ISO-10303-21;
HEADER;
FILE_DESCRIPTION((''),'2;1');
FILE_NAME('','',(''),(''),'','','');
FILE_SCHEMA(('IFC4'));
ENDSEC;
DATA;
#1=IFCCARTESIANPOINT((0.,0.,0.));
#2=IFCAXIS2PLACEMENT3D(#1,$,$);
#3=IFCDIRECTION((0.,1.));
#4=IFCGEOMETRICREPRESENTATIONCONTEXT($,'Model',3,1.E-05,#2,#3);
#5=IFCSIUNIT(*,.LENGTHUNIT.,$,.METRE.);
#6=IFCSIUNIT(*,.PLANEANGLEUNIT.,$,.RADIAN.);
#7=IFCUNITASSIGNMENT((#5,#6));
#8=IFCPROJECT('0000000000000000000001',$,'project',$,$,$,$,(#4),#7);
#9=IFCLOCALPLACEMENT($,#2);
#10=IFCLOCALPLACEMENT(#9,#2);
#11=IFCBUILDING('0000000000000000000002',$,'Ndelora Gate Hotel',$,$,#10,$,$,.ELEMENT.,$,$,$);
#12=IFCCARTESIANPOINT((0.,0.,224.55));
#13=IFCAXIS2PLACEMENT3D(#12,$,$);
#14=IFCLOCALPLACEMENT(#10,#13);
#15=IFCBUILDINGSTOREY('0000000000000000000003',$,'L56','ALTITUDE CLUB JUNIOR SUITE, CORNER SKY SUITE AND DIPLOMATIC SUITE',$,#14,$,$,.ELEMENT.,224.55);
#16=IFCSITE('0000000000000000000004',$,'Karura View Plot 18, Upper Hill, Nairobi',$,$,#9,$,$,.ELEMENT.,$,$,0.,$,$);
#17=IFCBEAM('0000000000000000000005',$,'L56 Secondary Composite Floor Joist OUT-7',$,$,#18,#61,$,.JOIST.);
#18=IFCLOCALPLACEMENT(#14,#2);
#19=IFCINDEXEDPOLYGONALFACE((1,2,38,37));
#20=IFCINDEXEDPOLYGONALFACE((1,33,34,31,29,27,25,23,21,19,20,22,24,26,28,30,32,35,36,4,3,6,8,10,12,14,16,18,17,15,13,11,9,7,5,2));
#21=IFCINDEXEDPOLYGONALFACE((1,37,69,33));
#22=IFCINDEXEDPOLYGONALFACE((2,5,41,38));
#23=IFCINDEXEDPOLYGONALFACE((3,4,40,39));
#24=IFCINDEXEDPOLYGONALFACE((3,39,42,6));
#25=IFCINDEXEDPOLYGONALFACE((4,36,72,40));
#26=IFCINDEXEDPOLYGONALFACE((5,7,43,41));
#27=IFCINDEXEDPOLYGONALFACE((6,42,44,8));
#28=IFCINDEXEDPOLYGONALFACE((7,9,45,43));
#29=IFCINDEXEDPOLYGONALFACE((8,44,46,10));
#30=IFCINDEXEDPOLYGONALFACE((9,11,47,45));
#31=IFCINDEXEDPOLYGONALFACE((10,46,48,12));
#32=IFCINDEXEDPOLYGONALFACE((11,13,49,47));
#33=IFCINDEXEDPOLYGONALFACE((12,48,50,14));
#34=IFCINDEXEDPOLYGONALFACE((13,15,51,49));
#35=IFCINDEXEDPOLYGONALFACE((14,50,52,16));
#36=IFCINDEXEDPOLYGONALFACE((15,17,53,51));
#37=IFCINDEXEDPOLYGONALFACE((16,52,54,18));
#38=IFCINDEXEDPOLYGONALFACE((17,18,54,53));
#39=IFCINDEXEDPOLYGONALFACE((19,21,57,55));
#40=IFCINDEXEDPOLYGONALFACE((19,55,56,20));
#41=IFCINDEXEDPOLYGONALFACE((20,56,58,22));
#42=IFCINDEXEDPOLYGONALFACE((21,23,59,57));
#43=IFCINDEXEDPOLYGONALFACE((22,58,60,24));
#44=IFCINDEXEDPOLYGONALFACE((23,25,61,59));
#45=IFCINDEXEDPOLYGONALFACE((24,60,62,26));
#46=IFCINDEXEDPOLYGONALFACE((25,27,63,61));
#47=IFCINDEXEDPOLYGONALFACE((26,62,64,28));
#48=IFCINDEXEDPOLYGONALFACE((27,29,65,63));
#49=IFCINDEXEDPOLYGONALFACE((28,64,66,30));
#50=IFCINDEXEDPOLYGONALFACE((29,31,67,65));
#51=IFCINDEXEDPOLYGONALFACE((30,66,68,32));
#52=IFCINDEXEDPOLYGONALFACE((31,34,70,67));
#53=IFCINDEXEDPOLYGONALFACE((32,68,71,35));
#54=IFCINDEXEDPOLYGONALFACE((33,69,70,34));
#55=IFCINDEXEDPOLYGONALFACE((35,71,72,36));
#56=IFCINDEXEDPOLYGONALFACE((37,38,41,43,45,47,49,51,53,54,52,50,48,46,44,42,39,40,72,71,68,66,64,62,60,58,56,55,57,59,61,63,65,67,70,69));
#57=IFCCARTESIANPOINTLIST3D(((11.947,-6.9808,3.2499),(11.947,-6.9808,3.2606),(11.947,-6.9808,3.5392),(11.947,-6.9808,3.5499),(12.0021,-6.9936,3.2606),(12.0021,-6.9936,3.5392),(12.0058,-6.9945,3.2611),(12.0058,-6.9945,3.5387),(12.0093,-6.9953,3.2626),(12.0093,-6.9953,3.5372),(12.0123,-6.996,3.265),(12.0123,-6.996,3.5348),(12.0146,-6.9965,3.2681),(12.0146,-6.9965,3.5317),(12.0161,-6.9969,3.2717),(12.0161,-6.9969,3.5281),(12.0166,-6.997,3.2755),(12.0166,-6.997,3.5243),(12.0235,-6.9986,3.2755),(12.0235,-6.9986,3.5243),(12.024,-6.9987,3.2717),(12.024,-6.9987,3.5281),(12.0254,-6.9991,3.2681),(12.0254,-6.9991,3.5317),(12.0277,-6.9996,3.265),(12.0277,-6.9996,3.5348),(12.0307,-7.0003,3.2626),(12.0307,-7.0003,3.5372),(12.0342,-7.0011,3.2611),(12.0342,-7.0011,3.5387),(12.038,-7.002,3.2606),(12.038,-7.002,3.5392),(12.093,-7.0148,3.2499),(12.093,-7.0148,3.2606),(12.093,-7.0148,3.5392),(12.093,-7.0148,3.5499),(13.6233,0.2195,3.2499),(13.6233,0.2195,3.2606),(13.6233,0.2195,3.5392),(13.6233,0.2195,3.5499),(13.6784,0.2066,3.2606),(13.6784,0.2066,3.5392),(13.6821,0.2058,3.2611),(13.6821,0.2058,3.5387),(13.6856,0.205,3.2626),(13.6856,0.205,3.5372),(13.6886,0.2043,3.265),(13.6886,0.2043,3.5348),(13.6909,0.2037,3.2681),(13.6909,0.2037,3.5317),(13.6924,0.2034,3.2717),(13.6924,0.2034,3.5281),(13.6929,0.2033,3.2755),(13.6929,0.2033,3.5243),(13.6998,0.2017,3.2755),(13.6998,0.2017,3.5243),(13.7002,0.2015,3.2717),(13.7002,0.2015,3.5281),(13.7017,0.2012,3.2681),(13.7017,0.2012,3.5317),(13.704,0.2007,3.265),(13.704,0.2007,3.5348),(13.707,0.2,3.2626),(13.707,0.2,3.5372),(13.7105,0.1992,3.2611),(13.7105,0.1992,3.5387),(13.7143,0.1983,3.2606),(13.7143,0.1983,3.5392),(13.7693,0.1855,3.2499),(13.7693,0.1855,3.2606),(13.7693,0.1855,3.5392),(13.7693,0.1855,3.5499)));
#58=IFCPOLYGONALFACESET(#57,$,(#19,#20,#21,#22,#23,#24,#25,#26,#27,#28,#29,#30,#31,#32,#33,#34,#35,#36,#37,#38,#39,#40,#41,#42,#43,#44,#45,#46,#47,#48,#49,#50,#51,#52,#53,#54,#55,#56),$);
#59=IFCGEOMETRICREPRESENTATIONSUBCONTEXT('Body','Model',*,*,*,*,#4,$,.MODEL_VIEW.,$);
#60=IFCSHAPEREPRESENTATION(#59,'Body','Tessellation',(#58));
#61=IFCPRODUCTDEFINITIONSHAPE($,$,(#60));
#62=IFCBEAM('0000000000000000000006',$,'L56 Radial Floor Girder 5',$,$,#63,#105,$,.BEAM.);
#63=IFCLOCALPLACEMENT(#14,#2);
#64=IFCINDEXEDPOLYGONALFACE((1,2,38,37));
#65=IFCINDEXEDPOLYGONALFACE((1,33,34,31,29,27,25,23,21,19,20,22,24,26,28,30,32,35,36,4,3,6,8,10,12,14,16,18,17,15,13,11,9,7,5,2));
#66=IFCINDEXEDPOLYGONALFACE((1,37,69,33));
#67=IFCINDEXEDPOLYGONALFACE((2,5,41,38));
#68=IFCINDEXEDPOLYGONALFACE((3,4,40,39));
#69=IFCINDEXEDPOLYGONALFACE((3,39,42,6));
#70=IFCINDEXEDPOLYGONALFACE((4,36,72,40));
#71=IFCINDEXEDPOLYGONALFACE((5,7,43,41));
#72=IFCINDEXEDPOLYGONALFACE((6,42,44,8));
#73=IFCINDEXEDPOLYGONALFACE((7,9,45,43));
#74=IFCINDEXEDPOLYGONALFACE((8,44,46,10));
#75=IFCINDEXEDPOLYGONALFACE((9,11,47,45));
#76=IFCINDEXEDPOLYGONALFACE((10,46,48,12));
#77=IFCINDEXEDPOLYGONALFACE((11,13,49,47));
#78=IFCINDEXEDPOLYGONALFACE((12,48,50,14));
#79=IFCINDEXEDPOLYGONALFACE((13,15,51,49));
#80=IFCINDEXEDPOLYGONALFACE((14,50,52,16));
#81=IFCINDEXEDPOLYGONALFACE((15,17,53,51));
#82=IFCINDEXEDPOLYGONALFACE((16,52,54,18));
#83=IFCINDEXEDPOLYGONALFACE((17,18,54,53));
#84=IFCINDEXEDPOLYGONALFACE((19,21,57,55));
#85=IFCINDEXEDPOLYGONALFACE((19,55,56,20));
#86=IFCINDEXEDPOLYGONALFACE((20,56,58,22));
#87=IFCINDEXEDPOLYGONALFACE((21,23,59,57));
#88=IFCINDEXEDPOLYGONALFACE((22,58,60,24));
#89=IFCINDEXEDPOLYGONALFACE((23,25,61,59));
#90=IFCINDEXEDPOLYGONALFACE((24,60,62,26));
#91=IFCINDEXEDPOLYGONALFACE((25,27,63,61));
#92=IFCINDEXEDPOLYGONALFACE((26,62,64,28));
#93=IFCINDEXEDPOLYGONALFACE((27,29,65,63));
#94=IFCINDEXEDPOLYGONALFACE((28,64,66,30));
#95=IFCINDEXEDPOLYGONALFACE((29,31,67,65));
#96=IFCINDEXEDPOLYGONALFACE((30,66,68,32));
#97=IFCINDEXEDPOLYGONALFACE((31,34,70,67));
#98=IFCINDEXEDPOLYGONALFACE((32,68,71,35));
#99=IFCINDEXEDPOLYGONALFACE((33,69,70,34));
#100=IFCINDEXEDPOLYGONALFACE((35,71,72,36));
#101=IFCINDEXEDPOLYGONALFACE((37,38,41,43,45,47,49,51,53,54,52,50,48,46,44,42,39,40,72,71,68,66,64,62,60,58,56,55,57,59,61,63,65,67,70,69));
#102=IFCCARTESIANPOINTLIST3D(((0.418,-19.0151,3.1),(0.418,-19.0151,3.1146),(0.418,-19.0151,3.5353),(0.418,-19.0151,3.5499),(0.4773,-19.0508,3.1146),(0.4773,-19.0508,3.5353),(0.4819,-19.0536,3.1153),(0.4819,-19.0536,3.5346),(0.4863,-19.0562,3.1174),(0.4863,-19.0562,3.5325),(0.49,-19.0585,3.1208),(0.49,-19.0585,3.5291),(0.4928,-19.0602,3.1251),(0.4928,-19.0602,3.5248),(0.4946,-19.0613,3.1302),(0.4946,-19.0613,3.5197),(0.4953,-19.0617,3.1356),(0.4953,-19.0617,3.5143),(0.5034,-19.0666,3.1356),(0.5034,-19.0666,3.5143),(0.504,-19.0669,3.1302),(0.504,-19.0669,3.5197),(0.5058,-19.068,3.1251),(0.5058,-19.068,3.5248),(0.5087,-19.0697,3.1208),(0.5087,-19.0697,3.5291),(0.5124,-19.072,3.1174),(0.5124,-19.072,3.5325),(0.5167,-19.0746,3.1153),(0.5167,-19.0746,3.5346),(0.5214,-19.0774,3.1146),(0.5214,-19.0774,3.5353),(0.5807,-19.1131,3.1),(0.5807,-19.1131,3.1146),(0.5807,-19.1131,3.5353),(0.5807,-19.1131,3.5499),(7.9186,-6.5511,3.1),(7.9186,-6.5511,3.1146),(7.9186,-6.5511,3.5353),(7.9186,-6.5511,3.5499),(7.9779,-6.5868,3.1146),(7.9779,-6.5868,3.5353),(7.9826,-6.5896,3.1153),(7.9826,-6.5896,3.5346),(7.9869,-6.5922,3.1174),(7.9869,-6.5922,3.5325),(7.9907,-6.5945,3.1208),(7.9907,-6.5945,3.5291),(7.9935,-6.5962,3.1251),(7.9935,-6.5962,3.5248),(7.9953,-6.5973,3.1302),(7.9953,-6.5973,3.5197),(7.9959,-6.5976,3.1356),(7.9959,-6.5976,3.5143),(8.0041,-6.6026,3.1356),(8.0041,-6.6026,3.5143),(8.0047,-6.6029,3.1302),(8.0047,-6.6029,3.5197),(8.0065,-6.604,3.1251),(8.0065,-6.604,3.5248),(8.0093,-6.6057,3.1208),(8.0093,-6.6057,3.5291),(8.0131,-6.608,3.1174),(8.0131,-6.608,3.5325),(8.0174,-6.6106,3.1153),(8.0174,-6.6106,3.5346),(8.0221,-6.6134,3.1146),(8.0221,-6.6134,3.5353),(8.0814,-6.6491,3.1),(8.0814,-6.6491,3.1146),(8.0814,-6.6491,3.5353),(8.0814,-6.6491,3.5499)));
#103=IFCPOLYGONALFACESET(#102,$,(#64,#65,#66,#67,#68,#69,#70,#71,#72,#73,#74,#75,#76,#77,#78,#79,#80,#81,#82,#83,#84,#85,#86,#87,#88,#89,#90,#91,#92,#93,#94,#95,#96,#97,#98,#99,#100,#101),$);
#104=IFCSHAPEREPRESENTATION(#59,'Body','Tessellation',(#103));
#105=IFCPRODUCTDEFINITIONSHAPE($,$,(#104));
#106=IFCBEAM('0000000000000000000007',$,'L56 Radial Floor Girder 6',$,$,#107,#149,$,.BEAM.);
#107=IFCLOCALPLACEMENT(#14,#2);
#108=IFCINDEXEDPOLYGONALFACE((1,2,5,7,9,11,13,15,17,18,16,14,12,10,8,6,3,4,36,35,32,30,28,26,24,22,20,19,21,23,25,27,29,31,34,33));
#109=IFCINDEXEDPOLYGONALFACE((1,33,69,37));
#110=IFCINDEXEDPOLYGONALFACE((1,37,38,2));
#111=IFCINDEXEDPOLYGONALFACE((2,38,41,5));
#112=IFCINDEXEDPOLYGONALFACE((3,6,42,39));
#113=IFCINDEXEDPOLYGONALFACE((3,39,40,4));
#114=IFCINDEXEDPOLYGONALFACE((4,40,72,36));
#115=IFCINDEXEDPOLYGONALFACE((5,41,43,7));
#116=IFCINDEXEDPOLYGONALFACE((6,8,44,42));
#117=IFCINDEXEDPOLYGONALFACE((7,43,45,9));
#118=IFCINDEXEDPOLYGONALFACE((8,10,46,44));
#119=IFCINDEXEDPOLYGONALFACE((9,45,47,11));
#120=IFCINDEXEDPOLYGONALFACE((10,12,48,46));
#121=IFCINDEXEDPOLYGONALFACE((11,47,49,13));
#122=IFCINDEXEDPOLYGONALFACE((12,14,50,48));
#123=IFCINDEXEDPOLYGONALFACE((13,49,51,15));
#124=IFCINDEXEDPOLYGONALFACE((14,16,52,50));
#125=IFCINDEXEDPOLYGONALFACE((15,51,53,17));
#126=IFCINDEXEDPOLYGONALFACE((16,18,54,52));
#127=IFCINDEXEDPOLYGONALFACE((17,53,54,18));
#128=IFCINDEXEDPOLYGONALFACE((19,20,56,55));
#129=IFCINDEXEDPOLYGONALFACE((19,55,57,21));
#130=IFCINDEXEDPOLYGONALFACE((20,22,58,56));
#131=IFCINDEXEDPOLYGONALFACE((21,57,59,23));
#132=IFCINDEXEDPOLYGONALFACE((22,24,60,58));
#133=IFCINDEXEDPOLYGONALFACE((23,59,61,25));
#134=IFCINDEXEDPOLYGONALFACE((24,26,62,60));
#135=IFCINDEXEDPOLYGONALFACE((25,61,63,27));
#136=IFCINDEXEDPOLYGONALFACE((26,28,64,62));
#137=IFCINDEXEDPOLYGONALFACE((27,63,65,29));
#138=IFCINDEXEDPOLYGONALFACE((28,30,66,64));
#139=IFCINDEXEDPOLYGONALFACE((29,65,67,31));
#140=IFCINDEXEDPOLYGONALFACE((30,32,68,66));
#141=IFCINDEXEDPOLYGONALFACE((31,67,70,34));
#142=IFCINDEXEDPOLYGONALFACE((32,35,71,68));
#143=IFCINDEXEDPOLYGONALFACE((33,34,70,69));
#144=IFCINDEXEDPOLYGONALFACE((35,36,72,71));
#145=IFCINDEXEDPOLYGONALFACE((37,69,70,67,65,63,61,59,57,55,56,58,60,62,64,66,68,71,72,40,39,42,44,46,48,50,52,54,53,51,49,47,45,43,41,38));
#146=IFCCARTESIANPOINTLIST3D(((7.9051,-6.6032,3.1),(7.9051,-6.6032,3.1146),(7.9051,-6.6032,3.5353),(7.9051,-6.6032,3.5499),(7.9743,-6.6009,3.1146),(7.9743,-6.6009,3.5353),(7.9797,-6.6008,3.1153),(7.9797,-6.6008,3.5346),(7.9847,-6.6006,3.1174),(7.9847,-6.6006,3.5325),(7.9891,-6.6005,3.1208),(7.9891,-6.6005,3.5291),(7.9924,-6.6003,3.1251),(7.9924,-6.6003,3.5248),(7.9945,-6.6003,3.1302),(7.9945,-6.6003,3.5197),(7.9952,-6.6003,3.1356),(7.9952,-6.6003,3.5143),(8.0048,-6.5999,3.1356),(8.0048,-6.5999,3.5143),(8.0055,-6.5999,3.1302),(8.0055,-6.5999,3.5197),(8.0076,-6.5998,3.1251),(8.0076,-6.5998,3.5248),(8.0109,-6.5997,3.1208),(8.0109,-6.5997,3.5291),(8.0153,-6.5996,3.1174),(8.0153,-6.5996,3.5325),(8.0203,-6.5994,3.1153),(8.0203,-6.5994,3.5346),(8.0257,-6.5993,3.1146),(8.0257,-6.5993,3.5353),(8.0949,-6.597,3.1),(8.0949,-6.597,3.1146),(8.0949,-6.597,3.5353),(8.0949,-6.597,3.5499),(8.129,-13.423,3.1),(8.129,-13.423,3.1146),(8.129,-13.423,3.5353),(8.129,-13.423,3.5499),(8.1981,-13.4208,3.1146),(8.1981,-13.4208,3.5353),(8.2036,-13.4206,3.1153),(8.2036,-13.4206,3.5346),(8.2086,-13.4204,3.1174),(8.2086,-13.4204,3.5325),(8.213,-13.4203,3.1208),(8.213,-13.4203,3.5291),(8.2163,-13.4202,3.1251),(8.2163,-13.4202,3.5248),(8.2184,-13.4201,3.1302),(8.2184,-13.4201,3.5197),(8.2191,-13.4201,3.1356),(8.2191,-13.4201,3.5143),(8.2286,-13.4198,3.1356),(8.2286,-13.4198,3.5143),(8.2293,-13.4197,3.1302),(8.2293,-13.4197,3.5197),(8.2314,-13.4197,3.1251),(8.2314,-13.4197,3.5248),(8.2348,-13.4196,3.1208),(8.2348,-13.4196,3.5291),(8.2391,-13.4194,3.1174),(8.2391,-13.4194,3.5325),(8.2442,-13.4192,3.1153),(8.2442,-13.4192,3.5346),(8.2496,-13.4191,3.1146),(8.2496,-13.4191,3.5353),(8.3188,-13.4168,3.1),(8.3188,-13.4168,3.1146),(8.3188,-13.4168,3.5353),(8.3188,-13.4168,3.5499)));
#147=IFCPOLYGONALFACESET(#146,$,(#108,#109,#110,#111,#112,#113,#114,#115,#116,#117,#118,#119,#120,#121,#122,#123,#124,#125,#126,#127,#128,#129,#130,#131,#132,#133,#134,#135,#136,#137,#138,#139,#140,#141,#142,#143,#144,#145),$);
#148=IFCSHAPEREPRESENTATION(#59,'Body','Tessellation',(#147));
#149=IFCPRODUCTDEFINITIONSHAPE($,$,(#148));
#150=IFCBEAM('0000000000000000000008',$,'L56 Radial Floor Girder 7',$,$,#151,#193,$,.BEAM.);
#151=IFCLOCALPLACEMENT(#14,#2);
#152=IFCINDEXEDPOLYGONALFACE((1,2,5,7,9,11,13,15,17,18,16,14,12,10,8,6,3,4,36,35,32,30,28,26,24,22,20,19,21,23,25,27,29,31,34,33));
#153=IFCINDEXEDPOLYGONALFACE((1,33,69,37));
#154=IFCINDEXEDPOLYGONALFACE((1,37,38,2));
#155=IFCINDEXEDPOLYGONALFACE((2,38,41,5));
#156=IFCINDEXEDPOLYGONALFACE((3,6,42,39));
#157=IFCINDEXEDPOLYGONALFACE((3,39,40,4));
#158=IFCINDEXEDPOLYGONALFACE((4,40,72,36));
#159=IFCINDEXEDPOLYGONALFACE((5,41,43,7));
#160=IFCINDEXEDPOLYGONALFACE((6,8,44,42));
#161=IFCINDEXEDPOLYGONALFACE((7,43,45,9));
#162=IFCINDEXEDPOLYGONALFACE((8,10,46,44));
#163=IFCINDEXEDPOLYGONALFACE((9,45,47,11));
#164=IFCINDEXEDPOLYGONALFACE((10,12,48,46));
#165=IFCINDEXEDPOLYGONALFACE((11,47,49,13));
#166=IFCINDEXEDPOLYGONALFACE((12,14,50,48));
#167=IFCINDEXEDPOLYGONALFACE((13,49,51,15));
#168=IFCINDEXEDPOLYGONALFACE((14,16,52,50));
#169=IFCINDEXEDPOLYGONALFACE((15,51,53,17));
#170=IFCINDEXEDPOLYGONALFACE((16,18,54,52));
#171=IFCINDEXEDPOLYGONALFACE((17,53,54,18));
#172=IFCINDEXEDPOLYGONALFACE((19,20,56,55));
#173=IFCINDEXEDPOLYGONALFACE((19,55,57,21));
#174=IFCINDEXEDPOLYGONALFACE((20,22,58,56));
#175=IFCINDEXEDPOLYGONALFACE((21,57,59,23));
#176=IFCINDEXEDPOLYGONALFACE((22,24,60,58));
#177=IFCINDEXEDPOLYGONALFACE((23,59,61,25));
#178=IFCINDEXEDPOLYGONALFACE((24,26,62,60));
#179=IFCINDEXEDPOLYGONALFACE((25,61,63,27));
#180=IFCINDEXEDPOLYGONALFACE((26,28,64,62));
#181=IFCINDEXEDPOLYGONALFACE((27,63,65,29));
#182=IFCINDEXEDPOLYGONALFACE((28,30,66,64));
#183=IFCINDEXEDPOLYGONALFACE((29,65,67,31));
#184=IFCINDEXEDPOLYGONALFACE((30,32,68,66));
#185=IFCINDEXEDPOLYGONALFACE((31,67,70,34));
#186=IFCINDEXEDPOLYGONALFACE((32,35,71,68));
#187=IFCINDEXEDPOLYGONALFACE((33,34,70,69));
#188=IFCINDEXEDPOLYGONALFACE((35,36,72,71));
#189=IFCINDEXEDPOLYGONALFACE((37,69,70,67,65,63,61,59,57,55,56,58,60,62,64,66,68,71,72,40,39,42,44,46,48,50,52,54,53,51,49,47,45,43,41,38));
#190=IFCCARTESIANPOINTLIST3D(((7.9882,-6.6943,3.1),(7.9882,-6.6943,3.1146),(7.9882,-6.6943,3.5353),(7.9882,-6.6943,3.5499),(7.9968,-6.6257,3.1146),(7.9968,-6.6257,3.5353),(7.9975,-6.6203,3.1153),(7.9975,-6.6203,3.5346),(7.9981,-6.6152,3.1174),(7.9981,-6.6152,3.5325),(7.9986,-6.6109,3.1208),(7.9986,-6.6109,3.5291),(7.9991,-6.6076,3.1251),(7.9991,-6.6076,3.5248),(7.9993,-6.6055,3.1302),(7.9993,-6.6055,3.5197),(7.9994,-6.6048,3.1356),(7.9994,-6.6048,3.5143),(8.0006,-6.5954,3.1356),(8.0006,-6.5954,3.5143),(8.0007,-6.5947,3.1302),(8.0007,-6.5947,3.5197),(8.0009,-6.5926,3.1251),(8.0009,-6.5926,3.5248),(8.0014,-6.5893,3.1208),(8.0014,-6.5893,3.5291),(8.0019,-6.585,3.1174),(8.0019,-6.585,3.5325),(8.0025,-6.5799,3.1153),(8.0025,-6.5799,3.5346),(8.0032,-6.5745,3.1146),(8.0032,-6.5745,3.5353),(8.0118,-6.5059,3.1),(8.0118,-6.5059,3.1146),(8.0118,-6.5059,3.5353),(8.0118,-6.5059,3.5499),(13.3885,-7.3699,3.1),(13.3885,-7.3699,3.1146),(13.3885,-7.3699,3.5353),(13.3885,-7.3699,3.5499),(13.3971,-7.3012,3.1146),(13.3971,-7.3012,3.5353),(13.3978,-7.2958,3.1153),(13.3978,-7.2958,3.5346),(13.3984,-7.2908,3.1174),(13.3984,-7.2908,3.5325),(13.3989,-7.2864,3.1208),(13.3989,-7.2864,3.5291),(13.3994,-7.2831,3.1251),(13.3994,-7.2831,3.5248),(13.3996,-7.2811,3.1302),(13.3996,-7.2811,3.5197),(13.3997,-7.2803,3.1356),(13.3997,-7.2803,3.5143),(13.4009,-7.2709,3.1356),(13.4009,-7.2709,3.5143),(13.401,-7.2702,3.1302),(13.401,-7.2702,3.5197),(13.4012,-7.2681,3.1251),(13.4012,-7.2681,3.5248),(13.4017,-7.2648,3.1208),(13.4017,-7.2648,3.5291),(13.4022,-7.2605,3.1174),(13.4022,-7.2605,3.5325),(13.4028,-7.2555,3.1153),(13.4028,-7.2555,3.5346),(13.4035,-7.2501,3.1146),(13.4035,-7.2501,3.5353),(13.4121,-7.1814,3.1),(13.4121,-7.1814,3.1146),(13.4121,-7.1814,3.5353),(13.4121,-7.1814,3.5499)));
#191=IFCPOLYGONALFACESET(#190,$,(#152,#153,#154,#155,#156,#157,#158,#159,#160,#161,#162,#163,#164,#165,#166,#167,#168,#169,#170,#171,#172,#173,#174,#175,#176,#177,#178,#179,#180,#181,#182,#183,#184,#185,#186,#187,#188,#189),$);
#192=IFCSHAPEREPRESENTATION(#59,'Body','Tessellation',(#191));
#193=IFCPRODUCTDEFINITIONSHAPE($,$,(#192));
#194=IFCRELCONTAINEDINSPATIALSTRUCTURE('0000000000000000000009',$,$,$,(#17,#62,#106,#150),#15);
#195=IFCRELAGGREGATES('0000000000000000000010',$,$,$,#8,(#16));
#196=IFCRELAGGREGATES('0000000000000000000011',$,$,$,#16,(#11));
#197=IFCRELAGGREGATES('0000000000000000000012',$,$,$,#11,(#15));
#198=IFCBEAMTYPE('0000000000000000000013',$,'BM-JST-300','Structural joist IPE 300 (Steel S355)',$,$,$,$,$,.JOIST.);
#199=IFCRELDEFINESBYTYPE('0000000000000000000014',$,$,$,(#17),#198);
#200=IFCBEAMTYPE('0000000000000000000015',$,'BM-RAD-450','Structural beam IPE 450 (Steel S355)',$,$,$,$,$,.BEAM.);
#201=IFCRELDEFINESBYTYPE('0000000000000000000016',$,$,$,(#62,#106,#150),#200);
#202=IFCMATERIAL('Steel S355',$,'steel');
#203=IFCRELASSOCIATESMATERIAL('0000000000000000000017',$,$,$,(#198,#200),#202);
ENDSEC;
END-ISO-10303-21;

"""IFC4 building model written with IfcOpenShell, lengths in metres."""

from ifc_helpers import new_model, si_unit, direction, frame, origin, origin_2d, place, context, subcontext, project, spatial, i_section, extrude, material, material_profile, profile_set, type_object, element, save


model = new_model("IFC4")

# Units and contexts
model_context = context("Model", 3, precision=1e-05, world=origin(), true_north=direction((0.0, 1.0)))
body_context = subcontext(model_context, "Body", "Model", "MODEL_VIEW")
ifc_project = project(units=[si_unit("LENGTHUNIT", "METRE"), si_unit("PLANEANGLEUNIT", "RADIAN")], contexts=[model_context])

# Site, building, storey
site_placement = place(None, origin())
site = spatial("IfcSite", under=ifc_project, at=site_placement, Name="Karura View Plot 18, Upper Hill, Nairobi", CompositionType="ELEMENT", RefElevation=0.0)
building_placement = place(site_placement, origin())
building = spatial("IfcBuilding", under=site, at=building_placement, Name="Ndelora Gate Hotel", CompositionType="ELEMENT")
storey_placement = place(building_placement, frame((0.0, 0.0, 224.55)))
storey = spatial("IfcBuildingStorey", under=building, at=storey_placement, Name="L56", Description="ALTITUDE CLUB JUNIOR SUITE, CORNER SKY SUITE AND DIPLOMATIC SUITE", CompositionType="ELEMENT", Elevation=224.55)

# Beams
ifc_material_1 = material(Name="Steel S355", Category="steel")
ifc_material_profile_1 = material_profile(ifc_material_1, i_section(OverallWidth=0.1499, OverallDepth=0.3, WebThickness=0.0071, FlangeThickness=0.0107, FilletRadius=0.0149, at=origin_2d()), Name="IPE 300")
ifc_profile_set_1 = profile_set([ifc_material_profile_1], Name="Steel S355")
beam_type_1 = type_object("IfcBeamType", Name="BM-JST-300", Description="Structural joist IPE 300 (Steel S355)", PredefinedType="JOIST", material=ifc_profile_set_1)
beam_1_placement = place(storey_placement, frame((12.02, -6.9978, 3.3999), z_axis=(0.226745, 0.973954, 0.0), x_axis=(-0.973954, 0.226745, 0.0)))
element("IfcBeam", 1, at=beam_1_placement, inside=storey, type_object=beam_type_1, Name="L56 Secondary Composite Floor Joist OUT-7", PredefinedType="JOIST", context=body_context, shape_type="SweptSolid", body=[
    extrude(i_section(OverallWidth=0.1499, OverallDepth=0.3, WebThickness=0.0071, FlangeThickness=0.0107, FilletRadius=0.0149, at=origin_2d()), origin(), (0.0, 0.0, 1.0), 7.3928),
])
ifc_material_profile_2 = material_profile(ifc_material_1, i_section(OverallWidth=0.1899, OverallDepth=0.45, WebThickness=0.0095, FlangeThickness=0.0146, FilletRadius=0.021, at=origin_2d()), Name="IPE 450")
ifc_profile_set_2 = profile_set([ifc_material_profile_2], Name="Steel S355")
beam_type_2 = type_object("IfcBeamType", Name="BM-RAD-450", Description="Structural beam IPE 450 (Steel S355)", PredefinedType="BEAM", material=ifc_profile_set_2)
beam_2_placement = place(storey_placement, frame((8.0, -6.6001, 3.325), z_axis=(-0.515621, -0.856817, 0.0), x_axis=(0.856817, -0.515621, 0.0)))
element("IfcBeam", 2, at=beam_2_placement, inside=storey, type_object=beam_type_2, Name="L56 Radial Floor Girder 5", PredefinedType="BEAM", context=body_context, shape_type="SweptSolid", body=[
    extrude(i_section(OverallWidth=0.1899, OverallDepth=0.45, WebThickness=0.0095, FlangeThickness=0.0146, FilletRadius=0.021, at=origin_2d()), origin(), (0.0, 0.0, 1.0), 14.5469),
])
beam_3_placement = place(storey_placement, frame((8.0, -6.6001, 3.325), z_axis=(0.03281, -0.999462, 0.0), x_axis=(0.999462, 0.03281, 0.0)))
element("IfcBeam", 3, at=beam_3_placement, inside=storey, type_object=beam_type_2, Name="L56 Radial Floor Girder 6", PredefinedType="BEAM", context=body_context, shape_type="SweptSolid", body=[
    extrude(i_section(OverallWidth=0.1899, OverallDepth=0.45, WebThickness=0.0095, FlangeThickness=0.0146, FilletRadius=0.021, at=origin_2d()), origin(), (0.0, 0.0, 1.0), 6.8235),
])
beam_4_placement = place(storey_placement, frame((8.0, -6.6001, 3.325), z_axis=(0.992267, -0.124123, 0.0), x_axis=(0.124123, 0.992267, 0.0)))
element("IfcBeam", 4, at=beam_4_placement, inside=storey, type_object=beam_type_2, Name="L56 Radial Floor Girder 7", PredefinedType="BEAM", context=body_context, shape_type="SweptSolid", body=[
    extrude(i_section(OverallWidth=0.1899, OverallDepth=0.45, WebThickness=0.0095, FlangeThickness=0.0146, FilletRadius=0.021, at=origin_2d()), origin(), (0.0, 0.0, 1.0), 5.4424),
])

save(model, "model.ifc")
